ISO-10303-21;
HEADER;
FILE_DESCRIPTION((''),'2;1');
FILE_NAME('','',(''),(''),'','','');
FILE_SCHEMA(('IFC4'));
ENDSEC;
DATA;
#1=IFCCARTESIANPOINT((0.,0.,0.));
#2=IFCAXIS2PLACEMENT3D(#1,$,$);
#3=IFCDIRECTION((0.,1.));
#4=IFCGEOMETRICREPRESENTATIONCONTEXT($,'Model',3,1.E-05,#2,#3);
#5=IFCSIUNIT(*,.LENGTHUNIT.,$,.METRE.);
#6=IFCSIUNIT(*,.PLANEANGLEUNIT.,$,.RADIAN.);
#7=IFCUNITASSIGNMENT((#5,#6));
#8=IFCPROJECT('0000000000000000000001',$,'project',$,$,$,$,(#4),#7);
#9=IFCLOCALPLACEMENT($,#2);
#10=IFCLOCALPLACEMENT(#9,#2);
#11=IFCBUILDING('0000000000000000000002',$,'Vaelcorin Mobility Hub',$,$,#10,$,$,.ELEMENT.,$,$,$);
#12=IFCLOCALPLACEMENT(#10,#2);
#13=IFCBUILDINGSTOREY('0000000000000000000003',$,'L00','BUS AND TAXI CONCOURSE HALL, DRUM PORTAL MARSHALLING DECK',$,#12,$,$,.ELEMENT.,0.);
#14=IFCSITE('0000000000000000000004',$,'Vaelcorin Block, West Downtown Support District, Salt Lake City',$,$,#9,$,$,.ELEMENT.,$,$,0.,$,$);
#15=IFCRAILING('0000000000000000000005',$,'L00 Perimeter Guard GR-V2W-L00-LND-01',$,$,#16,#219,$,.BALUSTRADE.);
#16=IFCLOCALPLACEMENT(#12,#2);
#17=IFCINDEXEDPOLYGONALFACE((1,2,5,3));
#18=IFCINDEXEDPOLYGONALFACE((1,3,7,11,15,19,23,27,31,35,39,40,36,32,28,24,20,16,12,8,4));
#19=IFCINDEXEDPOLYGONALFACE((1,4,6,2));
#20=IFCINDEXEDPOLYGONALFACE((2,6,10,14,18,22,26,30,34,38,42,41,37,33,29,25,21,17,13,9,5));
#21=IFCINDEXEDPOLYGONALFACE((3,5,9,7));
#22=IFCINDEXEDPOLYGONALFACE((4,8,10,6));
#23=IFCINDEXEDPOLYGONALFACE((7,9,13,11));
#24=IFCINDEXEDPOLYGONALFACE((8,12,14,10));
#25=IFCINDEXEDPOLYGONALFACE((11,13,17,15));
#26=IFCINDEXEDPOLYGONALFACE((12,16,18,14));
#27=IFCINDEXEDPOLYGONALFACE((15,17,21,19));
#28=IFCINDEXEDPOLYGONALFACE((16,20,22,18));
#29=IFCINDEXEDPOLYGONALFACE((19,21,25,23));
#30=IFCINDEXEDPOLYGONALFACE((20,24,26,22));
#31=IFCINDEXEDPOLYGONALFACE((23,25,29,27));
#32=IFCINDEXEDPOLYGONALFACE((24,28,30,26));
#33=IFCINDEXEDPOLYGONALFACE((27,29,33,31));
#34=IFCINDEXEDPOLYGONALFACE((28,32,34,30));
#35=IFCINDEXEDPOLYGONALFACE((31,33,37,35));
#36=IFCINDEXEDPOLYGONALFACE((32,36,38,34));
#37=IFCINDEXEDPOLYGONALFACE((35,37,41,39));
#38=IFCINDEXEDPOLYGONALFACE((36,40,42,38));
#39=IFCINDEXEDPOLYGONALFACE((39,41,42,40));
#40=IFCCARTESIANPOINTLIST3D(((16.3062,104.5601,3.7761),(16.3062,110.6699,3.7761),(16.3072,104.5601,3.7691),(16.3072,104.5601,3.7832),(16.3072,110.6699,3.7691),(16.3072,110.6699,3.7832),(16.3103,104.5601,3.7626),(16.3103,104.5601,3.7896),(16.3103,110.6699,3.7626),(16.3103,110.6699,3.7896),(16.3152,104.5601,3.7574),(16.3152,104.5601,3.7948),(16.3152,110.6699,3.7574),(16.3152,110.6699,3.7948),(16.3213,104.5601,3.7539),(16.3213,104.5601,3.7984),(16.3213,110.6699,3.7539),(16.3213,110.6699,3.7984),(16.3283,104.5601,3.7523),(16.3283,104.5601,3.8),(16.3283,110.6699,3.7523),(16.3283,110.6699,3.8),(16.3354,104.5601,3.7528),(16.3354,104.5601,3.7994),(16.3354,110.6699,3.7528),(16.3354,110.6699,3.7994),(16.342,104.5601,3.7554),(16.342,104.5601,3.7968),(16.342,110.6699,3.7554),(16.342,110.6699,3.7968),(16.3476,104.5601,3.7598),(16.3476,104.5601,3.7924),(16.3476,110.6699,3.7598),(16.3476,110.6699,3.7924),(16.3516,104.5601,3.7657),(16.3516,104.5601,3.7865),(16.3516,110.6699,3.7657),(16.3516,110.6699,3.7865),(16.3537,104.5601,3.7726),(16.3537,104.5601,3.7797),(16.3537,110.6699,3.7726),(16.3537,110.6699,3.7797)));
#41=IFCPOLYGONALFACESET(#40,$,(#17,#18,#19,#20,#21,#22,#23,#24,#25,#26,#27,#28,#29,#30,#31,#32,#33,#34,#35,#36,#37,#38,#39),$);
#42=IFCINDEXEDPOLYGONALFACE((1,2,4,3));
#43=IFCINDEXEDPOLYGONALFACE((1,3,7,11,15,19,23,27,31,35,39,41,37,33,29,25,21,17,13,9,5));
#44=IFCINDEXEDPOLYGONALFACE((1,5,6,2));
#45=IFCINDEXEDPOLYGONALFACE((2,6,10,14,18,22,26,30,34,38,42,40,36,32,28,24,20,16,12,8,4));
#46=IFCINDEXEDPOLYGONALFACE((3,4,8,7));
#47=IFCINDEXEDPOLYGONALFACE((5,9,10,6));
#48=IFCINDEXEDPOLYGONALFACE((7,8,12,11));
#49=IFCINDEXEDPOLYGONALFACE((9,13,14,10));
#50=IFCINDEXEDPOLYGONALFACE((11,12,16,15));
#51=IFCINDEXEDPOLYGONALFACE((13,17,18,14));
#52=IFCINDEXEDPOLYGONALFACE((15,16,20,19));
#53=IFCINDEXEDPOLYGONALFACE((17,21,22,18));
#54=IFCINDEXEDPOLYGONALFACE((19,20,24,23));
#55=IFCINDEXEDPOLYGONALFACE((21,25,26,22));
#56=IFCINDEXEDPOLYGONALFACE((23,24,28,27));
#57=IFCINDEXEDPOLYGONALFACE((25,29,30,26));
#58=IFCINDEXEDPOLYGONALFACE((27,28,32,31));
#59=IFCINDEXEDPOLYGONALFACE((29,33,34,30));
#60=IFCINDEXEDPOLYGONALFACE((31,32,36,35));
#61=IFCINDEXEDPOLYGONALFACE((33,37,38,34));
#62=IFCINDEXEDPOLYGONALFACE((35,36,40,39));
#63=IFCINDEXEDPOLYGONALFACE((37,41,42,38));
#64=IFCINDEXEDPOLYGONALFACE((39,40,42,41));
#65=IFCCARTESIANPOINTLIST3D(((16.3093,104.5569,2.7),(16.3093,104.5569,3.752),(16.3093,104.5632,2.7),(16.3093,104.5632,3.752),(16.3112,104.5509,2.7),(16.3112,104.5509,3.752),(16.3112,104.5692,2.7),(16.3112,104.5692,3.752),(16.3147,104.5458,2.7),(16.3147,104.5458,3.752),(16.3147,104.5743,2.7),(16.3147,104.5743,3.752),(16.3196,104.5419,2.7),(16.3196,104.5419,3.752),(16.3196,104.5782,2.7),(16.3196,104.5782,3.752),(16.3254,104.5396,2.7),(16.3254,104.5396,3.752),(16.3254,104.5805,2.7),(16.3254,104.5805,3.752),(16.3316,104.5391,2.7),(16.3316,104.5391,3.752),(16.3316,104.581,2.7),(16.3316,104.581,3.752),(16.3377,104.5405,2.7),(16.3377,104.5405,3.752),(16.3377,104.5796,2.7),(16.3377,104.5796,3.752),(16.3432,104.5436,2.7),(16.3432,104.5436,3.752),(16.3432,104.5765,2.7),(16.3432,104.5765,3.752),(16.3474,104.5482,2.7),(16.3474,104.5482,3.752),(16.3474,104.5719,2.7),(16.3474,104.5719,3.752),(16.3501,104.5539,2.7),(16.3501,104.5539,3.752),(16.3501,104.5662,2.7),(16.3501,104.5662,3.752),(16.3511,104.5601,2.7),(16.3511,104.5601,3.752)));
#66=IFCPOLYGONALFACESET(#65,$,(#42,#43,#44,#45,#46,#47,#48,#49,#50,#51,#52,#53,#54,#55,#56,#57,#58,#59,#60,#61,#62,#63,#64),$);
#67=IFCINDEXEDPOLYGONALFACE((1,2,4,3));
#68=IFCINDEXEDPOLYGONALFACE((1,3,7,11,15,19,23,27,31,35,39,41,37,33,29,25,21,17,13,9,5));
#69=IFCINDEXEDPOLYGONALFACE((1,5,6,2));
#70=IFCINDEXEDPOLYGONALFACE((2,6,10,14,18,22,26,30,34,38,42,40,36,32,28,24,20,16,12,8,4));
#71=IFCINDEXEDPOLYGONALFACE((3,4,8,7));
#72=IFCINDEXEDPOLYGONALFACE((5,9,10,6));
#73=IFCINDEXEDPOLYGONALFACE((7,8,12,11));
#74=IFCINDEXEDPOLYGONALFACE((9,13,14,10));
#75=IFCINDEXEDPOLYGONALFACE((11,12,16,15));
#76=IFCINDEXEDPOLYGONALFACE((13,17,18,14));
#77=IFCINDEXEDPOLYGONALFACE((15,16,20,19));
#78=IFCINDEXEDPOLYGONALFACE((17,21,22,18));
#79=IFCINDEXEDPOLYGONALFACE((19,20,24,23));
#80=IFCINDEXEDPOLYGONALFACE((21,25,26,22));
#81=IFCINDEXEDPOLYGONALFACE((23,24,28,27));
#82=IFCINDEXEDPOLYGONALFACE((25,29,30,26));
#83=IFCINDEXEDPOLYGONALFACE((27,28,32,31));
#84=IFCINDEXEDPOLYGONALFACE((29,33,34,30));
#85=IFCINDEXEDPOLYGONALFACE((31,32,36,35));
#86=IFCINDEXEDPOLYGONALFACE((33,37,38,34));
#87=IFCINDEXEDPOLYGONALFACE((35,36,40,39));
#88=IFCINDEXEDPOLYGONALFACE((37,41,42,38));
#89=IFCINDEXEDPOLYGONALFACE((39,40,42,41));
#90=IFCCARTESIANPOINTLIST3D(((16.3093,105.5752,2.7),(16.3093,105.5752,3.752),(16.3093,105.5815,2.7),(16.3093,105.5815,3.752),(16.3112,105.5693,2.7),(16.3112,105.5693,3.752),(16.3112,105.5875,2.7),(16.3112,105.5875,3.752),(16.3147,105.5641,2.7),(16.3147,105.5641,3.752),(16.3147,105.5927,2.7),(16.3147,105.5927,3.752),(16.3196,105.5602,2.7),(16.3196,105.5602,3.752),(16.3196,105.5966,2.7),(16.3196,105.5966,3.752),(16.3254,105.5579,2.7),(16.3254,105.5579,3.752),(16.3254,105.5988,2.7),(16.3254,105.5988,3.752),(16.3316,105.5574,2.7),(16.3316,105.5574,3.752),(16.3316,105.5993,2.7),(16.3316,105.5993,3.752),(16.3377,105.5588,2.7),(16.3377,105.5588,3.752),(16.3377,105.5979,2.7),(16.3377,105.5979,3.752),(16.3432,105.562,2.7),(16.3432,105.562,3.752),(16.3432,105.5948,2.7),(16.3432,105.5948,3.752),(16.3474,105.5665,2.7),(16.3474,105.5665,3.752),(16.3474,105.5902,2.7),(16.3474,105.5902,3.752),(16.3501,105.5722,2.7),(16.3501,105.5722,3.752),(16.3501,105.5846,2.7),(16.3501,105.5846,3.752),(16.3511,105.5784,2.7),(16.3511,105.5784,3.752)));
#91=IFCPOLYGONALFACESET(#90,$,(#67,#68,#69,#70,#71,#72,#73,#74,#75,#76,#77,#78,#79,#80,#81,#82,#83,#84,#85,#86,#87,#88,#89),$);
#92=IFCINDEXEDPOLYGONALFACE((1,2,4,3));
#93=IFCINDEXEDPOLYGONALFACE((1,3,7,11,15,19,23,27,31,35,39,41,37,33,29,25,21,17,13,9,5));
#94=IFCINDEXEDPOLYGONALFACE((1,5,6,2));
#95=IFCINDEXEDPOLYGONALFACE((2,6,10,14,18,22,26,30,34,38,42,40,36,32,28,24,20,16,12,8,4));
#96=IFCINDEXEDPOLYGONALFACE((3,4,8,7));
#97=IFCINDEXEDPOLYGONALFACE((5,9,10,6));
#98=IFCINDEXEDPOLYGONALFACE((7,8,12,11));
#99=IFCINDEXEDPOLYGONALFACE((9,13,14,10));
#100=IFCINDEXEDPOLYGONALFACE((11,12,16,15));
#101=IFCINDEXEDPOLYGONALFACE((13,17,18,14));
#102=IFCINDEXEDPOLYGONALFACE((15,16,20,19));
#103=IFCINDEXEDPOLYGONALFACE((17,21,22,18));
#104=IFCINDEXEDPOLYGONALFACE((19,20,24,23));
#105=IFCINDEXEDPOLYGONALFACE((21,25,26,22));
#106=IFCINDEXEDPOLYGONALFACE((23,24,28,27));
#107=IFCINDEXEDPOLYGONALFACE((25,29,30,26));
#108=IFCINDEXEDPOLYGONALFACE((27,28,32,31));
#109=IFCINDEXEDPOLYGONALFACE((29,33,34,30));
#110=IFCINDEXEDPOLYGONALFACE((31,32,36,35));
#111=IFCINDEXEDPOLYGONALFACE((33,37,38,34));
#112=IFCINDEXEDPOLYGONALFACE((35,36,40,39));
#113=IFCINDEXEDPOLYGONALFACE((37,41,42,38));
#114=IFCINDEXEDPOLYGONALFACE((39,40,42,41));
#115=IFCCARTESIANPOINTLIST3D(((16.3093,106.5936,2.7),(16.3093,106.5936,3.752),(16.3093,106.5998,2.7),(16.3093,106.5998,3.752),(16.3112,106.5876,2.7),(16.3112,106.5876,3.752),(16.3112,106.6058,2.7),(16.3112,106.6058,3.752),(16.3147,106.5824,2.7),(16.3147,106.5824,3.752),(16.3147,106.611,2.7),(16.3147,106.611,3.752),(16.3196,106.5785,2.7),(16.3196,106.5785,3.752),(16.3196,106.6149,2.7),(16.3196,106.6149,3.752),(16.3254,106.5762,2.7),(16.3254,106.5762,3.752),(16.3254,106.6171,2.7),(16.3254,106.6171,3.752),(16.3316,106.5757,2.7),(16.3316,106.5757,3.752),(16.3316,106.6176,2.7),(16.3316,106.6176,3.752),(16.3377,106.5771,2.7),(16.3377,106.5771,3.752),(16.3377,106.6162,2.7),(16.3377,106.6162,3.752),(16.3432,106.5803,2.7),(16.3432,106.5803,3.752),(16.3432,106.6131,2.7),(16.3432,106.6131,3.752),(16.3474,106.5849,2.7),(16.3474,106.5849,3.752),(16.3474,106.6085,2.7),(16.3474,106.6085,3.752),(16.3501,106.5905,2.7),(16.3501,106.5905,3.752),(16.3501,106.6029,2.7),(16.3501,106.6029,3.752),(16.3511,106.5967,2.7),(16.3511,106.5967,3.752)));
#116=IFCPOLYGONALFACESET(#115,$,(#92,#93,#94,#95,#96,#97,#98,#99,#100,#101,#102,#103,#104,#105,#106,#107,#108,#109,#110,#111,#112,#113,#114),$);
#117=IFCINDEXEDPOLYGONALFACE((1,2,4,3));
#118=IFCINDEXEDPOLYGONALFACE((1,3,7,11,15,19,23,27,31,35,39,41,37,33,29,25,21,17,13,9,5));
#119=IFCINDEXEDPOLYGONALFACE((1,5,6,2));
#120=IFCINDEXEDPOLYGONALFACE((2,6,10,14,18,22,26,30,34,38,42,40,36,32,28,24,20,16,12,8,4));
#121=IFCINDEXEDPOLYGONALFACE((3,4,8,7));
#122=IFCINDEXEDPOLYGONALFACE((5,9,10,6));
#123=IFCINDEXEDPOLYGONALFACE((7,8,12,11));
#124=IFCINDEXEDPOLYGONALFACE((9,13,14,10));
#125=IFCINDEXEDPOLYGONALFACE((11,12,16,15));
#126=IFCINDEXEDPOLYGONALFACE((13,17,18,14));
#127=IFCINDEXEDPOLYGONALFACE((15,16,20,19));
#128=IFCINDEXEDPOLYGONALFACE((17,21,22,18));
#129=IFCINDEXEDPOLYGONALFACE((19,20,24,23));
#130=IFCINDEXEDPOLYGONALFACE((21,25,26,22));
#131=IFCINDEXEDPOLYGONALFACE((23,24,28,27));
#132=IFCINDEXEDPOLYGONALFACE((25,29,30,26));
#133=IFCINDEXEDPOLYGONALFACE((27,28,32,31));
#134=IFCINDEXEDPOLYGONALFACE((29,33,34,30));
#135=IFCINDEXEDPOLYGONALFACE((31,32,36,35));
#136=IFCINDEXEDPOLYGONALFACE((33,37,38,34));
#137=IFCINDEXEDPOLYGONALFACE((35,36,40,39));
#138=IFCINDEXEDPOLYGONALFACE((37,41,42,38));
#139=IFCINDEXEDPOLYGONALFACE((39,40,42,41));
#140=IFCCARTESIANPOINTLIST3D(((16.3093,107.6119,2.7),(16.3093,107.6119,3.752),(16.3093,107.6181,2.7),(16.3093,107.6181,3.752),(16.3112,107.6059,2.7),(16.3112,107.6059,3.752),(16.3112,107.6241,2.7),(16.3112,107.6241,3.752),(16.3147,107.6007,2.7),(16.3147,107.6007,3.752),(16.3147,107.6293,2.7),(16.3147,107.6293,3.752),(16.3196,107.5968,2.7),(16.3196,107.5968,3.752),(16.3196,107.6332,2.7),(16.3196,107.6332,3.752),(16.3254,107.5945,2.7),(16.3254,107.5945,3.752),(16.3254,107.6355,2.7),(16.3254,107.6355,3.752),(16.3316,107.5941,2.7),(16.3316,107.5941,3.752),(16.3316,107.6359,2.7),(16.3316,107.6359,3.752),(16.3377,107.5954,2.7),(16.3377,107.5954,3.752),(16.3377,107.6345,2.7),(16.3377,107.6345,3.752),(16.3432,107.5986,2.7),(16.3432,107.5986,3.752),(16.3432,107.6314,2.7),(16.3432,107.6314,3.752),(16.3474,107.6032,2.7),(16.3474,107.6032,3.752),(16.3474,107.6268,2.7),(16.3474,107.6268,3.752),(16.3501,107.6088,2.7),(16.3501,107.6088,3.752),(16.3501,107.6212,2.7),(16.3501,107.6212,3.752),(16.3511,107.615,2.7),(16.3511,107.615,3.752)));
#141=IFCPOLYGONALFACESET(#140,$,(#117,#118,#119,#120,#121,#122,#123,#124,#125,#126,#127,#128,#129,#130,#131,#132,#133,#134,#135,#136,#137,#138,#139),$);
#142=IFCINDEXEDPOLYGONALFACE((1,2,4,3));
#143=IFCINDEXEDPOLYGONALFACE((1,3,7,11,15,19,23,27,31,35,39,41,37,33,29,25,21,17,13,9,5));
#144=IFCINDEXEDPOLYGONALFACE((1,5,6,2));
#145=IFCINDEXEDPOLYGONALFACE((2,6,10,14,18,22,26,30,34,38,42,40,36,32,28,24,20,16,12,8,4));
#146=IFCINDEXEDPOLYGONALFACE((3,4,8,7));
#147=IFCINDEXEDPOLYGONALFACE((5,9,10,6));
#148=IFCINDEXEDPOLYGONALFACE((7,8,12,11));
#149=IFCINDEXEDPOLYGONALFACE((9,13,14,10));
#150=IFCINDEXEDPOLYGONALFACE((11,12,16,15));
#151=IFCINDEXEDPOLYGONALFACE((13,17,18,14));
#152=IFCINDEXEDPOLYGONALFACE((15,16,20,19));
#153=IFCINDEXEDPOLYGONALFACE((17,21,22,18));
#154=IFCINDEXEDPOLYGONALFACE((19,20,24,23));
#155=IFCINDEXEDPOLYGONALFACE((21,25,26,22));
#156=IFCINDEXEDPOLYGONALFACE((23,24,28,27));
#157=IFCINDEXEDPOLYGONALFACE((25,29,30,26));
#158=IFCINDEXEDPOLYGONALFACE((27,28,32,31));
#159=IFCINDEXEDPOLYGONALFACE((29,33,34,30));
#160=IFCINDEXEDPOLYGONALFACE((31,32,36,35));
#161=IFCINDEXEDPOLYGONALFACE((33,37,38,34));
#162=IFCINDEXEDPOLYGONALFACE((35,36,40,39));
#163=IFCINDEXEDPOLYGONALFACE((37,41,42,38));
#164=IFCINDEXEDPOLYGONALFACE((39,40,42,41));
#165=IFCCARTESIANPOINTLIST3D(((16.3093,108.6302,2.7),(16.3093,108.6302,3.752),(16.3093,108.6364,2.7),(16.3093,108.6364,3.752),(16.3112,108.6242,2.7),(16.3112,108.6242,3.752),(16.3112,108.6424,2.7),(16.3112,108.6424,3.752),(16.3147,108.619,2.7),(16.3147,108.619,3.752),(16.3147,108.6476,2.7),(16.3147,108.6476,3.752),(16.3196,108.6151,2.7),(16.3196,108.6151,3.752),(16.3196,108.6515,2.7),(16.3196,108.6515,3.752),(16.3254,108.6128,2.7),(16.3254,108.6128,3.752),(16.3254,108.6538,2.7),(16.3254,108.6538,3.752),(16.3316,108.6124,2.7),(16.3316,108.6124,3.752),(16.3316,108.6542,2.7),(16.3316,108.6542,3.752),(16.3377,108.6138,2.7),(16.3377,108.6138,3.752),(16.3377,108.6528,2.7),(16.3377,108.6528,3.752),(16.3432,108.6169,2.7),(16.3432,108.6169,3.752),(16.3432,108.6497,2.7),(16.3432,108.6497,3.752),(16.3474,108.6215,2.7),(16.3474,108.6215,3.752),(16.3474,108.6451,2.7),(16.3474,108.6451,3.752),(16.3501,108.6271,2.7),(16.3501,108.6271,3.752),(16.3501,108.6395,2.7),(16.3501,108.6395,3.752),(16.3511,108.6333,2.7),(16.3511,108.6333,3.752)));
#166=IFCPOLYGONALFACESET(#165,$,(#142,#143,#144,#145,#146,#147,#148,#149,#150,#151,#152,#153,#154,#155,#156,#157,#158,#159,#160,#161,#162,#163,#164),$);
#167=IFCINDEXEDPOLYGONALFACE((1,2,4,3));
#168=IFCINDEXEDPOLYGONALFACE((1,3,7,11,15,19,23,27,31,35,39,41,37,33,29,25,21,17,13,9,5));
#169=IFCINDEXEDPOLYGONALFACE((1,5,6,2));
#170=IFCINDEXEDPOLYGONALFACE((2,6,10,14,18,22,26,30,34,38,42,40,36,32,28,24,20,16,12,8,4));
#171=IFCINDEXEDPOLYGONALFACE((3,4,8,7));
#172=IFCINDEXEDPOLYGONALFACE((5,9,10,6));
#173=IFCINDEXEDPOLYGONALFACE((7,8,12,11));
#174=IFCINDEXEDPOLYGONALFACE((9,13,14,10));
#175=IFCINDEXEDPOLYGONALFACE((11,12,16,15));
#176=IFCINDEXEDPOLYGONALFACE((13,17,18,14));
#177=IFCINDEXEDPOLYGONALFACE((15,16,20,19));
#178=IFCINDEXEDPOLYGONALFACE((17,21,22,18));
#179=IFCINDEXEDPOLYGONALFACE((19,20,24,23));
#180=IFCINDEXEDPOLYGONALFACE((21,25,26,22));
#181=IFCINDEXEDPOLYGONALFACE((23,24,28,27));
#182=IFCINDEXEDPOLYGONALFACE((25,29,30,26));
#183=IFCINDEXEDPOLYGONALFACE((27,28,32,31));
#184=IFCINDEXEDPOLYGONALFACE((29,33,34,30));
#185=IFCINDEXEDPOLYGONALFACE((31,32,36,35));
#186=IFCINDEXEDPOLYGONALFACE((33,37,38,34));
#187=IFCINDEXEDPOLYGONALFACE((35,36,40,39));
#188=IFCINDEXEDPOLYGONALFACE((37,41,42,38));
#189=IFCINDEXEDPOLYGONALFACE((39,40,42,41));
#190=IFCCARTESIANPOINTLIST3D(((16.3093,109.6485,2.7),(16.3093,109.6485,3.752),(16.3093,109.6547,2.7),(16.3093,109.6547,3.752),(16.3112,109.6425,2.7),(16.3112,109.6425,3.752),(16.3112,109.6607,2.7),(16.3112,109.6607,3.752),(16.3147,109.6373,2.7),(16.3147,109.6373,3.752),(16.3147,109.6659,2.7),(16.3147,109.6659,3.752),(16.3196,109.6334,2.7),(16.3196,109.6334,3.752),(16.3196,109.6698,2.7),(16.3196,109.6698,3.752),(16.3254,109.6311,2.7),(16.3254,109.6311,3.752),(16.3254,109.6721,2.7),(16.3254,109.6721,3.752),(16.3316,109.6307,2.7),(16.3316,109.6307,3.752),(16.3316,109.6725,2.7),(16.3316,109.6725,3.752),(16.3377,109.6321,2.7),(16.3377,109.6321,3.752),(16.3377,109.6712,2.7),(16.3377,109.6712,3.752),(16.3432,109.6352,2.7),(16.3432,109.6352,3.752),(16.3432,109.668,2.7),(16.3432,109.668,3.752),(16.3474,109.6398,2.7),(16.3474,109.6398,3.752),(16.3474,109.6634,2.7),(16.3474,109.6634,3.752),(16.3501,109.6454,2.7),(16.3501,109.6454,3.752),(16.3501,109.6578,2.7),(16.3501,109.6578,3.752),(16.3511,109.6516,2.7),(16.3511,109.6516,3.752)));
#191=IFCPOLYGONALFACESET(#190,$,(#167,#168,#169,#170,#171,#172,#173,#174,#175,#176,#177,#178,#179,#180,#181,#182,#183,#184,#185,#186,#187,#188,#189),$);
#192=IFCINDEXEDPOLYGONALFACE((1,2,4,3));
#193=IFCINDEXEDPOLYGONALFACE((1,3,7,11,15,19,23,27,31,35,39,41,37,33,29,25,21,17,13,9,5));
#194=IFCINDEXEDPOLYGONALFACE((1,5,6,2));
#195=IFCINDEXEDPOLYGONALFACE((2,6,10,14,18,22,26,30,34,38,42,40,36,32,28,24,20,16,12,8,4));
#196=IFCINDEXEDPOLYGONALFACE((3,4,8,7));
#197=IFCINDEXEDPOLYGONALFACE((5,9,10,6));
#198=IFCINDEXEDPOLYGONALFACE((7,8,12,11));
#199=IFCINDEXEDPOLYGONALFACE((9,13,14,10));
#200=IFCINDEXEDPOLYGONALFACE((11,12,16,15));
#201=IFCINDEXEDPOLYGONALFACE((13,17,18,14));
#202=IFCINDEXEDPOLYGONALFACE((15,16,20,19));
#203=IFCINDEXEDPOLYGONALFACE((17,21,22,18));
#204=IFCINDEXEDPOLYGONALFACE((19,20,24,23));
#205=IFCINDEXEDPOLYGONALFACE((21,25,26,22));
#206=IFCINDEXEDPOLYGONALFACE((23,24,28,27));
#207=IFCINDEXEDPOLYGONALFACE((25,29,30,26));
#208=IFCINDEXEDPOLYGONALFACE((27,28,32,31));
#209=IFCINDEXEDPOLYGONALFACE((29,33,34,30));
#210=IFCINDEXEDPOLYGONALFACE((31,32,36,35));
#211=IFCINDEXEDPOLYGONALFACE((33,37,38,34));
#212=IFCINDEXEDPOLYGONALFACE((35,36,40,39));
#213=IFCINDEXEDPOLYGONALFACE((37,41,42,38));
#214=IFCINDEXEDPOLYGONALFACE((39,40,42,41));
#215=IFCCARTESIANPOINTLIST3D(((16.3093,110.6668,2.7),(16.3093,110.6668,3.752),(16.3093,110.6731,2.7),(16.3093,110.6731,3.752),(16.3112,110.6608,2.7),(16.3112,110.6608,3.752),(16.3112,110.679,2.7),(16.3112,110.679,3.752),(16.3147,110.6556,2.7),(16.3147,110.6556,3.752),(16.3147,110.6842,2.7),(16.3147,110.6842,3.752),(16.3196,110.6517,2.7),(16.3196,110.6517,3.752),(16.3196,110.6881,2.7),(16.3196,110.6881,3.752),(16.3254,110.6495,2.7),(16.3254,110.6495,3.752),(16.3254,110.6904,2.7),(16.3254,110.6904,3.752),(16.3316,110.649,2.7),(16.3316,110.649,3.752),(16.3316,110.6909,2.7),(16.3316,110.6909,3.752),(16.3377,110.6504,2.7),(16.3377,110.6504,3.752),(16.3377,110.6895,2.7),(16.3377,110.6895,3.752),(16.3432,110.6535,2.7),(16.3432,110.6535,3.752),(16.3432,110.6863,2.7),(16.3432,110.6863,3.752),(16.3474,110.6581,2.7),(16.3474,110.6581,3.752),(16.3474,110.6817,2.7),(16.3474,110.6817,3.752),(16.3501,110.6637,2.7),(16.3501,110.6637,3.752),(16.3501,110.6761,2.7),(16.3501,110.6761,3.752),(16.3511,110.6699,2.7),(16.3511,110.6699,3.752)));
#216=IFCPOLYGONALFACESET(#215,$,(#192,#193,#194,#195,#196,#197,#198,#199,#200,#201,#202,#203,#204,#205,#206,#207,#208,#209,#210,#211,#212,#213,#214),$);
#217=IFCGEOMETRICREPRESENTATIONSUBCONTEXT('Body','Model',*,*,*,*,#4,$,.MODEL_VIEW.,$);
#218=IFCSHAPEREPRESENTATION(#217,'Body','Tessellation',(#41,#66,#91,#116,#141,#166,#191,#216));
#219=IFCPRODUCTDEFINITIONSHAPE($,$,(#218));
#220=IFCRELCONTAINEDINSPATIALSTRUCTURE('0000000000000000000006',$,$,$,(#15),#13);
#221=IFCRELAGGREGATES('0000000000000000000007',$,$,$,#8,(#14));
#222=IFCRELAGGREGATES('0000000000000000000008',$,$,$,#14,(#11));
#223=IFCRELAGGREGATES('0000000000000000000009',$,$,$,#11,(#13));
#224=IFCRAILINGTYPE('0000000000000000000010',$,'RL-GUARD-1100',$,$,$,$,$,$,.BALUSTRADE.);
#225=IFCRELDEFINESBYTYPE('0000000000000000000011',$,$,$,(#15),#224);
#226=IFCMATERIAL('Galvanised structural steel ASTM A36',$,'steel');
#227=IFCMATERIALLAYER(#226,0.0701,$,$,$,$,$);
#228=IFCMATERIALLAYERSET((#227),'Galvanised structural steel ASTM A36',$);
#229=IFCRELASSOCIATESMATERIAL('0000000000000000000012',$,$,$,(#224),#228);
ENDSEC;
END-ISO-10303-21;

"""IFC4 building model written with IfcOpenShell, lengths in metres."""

from ifc_helpers import new_model, si_unit, direction, frame, origin, origin_2d, place, context, subcontext, project, spatial, circle, extrude, material, layer, layer_set, type_object, element, save


model = new_model("IFC4")

# Units and contexts
model_context = context("Model", 3, precision=1e-05, world=origin(), true_north=direction((0.0, 1.0)))
body_context = subcontext(model_context, "Body", "Model", "MODEL_VIEW")
ifc_project = project(units=[si_unit("LENGTHUNIT", "METRE"), si_unit("PLANEANGLEUNIT", "RADIAN")], contexts=[model_context])

# Site, building, storey
site_placement = place(None, origin())
site = spatial("IfcSite", under=ifc_project, at=site_placement, Name="Vaelcorin Block, West Downtown Support District, Salt Lake City", CompositionType="ELEMENT", RefElevation=0.0)
building_placement = place(site_placement, origin())
building = spatial("IfcBuilding", under=site, at=building_placement, Name="Vaelcorin Mobility Hub", CompositionType="ELEMENT")
storey_placement = place(building_placement, origin())
storey = spatial("IfcBuildingStorey", under=building, at=storey_placement, Name="L00", Description="BUS AND TAXI CONCOURSE HALL, DRUM PORTAL MARSHALLING DECK", CompositionType="ELEMENT", Elevation=0.0)

# Railing
ifc_material_1 = material(Name="Galvanised structural steel ASTM A36", Category="steel")
ifc_layer = layer(ifc_material_1, 0.0701)
ifc_layer_set = layer_set([ifc_layer], Name="Galvanised structural steel ASTM A36")
railing_type = type_object("IfcRailingType", Name="RL-GUARD-1100", PredefinedType="BALUSTRADE", material=ifc_layer_set)
railing_1_placement = place(storey_placement, frame((16.3301, 104.5601, 2.7)))
element("IfcRailing", 1, at=railing_1_placement, inside=storey, type_object=railing_type, Name="L00 Perimeter Guard GR-V2W-L00-LND-01", PredefinedType="BALUSTRADE", context=body_context, shape_type="SweptSolid", body=[
    extrude(circle(Radius=0.0239, at=origin_2d()), frame((0.0, 0.0, 1.0762), z_axis=(0.0, 1.0, 0.0), x_axis=(-1.0, 0.0, 0.0)), (0.0, 0.0, 1.0), 6.1099),
    extrude(circle(Radius=0.021, at=origin_2d()), origin(), (0.0, 0.0, 1.0), 1.052),
    extrude(circle(Radius=0.021, at=origin_2d()), frame((0.0, 1.0183, 0.0)), (0.0, 0.0, 1.0), 1.052),
    extrude(circle(Radius=0.021, at=origin_2d()), frame((0.0, 2.0366, 0.0)), (0.0, 0.0, 1.0), 1.052),
    extrude(circle(Radius=0.021, at=origin_2d()), frame((0.0, 3.0549, 0.0)), (0.0, 0.0, 1.0), 1.052),
    extrude(circle(Radius=0.021, at=origin_2d()), frame((0.0, 4.0732, 0.0)), (0.0, 0.0, 1.0), 1.052),
    extrude(circle(Radius=0.021, at=origin_2d()), frame((0.0, 5.0916, 0.0)), (0.0, 0.0, 1.0), 1.052),
    extrude(circle(Radius=0.021, at=origin_2d()), frame((0.0, 6.1099, 0.0)), (0.0, 0.0, 1.0), 1.052),
])

save(model, "model.ifc")
